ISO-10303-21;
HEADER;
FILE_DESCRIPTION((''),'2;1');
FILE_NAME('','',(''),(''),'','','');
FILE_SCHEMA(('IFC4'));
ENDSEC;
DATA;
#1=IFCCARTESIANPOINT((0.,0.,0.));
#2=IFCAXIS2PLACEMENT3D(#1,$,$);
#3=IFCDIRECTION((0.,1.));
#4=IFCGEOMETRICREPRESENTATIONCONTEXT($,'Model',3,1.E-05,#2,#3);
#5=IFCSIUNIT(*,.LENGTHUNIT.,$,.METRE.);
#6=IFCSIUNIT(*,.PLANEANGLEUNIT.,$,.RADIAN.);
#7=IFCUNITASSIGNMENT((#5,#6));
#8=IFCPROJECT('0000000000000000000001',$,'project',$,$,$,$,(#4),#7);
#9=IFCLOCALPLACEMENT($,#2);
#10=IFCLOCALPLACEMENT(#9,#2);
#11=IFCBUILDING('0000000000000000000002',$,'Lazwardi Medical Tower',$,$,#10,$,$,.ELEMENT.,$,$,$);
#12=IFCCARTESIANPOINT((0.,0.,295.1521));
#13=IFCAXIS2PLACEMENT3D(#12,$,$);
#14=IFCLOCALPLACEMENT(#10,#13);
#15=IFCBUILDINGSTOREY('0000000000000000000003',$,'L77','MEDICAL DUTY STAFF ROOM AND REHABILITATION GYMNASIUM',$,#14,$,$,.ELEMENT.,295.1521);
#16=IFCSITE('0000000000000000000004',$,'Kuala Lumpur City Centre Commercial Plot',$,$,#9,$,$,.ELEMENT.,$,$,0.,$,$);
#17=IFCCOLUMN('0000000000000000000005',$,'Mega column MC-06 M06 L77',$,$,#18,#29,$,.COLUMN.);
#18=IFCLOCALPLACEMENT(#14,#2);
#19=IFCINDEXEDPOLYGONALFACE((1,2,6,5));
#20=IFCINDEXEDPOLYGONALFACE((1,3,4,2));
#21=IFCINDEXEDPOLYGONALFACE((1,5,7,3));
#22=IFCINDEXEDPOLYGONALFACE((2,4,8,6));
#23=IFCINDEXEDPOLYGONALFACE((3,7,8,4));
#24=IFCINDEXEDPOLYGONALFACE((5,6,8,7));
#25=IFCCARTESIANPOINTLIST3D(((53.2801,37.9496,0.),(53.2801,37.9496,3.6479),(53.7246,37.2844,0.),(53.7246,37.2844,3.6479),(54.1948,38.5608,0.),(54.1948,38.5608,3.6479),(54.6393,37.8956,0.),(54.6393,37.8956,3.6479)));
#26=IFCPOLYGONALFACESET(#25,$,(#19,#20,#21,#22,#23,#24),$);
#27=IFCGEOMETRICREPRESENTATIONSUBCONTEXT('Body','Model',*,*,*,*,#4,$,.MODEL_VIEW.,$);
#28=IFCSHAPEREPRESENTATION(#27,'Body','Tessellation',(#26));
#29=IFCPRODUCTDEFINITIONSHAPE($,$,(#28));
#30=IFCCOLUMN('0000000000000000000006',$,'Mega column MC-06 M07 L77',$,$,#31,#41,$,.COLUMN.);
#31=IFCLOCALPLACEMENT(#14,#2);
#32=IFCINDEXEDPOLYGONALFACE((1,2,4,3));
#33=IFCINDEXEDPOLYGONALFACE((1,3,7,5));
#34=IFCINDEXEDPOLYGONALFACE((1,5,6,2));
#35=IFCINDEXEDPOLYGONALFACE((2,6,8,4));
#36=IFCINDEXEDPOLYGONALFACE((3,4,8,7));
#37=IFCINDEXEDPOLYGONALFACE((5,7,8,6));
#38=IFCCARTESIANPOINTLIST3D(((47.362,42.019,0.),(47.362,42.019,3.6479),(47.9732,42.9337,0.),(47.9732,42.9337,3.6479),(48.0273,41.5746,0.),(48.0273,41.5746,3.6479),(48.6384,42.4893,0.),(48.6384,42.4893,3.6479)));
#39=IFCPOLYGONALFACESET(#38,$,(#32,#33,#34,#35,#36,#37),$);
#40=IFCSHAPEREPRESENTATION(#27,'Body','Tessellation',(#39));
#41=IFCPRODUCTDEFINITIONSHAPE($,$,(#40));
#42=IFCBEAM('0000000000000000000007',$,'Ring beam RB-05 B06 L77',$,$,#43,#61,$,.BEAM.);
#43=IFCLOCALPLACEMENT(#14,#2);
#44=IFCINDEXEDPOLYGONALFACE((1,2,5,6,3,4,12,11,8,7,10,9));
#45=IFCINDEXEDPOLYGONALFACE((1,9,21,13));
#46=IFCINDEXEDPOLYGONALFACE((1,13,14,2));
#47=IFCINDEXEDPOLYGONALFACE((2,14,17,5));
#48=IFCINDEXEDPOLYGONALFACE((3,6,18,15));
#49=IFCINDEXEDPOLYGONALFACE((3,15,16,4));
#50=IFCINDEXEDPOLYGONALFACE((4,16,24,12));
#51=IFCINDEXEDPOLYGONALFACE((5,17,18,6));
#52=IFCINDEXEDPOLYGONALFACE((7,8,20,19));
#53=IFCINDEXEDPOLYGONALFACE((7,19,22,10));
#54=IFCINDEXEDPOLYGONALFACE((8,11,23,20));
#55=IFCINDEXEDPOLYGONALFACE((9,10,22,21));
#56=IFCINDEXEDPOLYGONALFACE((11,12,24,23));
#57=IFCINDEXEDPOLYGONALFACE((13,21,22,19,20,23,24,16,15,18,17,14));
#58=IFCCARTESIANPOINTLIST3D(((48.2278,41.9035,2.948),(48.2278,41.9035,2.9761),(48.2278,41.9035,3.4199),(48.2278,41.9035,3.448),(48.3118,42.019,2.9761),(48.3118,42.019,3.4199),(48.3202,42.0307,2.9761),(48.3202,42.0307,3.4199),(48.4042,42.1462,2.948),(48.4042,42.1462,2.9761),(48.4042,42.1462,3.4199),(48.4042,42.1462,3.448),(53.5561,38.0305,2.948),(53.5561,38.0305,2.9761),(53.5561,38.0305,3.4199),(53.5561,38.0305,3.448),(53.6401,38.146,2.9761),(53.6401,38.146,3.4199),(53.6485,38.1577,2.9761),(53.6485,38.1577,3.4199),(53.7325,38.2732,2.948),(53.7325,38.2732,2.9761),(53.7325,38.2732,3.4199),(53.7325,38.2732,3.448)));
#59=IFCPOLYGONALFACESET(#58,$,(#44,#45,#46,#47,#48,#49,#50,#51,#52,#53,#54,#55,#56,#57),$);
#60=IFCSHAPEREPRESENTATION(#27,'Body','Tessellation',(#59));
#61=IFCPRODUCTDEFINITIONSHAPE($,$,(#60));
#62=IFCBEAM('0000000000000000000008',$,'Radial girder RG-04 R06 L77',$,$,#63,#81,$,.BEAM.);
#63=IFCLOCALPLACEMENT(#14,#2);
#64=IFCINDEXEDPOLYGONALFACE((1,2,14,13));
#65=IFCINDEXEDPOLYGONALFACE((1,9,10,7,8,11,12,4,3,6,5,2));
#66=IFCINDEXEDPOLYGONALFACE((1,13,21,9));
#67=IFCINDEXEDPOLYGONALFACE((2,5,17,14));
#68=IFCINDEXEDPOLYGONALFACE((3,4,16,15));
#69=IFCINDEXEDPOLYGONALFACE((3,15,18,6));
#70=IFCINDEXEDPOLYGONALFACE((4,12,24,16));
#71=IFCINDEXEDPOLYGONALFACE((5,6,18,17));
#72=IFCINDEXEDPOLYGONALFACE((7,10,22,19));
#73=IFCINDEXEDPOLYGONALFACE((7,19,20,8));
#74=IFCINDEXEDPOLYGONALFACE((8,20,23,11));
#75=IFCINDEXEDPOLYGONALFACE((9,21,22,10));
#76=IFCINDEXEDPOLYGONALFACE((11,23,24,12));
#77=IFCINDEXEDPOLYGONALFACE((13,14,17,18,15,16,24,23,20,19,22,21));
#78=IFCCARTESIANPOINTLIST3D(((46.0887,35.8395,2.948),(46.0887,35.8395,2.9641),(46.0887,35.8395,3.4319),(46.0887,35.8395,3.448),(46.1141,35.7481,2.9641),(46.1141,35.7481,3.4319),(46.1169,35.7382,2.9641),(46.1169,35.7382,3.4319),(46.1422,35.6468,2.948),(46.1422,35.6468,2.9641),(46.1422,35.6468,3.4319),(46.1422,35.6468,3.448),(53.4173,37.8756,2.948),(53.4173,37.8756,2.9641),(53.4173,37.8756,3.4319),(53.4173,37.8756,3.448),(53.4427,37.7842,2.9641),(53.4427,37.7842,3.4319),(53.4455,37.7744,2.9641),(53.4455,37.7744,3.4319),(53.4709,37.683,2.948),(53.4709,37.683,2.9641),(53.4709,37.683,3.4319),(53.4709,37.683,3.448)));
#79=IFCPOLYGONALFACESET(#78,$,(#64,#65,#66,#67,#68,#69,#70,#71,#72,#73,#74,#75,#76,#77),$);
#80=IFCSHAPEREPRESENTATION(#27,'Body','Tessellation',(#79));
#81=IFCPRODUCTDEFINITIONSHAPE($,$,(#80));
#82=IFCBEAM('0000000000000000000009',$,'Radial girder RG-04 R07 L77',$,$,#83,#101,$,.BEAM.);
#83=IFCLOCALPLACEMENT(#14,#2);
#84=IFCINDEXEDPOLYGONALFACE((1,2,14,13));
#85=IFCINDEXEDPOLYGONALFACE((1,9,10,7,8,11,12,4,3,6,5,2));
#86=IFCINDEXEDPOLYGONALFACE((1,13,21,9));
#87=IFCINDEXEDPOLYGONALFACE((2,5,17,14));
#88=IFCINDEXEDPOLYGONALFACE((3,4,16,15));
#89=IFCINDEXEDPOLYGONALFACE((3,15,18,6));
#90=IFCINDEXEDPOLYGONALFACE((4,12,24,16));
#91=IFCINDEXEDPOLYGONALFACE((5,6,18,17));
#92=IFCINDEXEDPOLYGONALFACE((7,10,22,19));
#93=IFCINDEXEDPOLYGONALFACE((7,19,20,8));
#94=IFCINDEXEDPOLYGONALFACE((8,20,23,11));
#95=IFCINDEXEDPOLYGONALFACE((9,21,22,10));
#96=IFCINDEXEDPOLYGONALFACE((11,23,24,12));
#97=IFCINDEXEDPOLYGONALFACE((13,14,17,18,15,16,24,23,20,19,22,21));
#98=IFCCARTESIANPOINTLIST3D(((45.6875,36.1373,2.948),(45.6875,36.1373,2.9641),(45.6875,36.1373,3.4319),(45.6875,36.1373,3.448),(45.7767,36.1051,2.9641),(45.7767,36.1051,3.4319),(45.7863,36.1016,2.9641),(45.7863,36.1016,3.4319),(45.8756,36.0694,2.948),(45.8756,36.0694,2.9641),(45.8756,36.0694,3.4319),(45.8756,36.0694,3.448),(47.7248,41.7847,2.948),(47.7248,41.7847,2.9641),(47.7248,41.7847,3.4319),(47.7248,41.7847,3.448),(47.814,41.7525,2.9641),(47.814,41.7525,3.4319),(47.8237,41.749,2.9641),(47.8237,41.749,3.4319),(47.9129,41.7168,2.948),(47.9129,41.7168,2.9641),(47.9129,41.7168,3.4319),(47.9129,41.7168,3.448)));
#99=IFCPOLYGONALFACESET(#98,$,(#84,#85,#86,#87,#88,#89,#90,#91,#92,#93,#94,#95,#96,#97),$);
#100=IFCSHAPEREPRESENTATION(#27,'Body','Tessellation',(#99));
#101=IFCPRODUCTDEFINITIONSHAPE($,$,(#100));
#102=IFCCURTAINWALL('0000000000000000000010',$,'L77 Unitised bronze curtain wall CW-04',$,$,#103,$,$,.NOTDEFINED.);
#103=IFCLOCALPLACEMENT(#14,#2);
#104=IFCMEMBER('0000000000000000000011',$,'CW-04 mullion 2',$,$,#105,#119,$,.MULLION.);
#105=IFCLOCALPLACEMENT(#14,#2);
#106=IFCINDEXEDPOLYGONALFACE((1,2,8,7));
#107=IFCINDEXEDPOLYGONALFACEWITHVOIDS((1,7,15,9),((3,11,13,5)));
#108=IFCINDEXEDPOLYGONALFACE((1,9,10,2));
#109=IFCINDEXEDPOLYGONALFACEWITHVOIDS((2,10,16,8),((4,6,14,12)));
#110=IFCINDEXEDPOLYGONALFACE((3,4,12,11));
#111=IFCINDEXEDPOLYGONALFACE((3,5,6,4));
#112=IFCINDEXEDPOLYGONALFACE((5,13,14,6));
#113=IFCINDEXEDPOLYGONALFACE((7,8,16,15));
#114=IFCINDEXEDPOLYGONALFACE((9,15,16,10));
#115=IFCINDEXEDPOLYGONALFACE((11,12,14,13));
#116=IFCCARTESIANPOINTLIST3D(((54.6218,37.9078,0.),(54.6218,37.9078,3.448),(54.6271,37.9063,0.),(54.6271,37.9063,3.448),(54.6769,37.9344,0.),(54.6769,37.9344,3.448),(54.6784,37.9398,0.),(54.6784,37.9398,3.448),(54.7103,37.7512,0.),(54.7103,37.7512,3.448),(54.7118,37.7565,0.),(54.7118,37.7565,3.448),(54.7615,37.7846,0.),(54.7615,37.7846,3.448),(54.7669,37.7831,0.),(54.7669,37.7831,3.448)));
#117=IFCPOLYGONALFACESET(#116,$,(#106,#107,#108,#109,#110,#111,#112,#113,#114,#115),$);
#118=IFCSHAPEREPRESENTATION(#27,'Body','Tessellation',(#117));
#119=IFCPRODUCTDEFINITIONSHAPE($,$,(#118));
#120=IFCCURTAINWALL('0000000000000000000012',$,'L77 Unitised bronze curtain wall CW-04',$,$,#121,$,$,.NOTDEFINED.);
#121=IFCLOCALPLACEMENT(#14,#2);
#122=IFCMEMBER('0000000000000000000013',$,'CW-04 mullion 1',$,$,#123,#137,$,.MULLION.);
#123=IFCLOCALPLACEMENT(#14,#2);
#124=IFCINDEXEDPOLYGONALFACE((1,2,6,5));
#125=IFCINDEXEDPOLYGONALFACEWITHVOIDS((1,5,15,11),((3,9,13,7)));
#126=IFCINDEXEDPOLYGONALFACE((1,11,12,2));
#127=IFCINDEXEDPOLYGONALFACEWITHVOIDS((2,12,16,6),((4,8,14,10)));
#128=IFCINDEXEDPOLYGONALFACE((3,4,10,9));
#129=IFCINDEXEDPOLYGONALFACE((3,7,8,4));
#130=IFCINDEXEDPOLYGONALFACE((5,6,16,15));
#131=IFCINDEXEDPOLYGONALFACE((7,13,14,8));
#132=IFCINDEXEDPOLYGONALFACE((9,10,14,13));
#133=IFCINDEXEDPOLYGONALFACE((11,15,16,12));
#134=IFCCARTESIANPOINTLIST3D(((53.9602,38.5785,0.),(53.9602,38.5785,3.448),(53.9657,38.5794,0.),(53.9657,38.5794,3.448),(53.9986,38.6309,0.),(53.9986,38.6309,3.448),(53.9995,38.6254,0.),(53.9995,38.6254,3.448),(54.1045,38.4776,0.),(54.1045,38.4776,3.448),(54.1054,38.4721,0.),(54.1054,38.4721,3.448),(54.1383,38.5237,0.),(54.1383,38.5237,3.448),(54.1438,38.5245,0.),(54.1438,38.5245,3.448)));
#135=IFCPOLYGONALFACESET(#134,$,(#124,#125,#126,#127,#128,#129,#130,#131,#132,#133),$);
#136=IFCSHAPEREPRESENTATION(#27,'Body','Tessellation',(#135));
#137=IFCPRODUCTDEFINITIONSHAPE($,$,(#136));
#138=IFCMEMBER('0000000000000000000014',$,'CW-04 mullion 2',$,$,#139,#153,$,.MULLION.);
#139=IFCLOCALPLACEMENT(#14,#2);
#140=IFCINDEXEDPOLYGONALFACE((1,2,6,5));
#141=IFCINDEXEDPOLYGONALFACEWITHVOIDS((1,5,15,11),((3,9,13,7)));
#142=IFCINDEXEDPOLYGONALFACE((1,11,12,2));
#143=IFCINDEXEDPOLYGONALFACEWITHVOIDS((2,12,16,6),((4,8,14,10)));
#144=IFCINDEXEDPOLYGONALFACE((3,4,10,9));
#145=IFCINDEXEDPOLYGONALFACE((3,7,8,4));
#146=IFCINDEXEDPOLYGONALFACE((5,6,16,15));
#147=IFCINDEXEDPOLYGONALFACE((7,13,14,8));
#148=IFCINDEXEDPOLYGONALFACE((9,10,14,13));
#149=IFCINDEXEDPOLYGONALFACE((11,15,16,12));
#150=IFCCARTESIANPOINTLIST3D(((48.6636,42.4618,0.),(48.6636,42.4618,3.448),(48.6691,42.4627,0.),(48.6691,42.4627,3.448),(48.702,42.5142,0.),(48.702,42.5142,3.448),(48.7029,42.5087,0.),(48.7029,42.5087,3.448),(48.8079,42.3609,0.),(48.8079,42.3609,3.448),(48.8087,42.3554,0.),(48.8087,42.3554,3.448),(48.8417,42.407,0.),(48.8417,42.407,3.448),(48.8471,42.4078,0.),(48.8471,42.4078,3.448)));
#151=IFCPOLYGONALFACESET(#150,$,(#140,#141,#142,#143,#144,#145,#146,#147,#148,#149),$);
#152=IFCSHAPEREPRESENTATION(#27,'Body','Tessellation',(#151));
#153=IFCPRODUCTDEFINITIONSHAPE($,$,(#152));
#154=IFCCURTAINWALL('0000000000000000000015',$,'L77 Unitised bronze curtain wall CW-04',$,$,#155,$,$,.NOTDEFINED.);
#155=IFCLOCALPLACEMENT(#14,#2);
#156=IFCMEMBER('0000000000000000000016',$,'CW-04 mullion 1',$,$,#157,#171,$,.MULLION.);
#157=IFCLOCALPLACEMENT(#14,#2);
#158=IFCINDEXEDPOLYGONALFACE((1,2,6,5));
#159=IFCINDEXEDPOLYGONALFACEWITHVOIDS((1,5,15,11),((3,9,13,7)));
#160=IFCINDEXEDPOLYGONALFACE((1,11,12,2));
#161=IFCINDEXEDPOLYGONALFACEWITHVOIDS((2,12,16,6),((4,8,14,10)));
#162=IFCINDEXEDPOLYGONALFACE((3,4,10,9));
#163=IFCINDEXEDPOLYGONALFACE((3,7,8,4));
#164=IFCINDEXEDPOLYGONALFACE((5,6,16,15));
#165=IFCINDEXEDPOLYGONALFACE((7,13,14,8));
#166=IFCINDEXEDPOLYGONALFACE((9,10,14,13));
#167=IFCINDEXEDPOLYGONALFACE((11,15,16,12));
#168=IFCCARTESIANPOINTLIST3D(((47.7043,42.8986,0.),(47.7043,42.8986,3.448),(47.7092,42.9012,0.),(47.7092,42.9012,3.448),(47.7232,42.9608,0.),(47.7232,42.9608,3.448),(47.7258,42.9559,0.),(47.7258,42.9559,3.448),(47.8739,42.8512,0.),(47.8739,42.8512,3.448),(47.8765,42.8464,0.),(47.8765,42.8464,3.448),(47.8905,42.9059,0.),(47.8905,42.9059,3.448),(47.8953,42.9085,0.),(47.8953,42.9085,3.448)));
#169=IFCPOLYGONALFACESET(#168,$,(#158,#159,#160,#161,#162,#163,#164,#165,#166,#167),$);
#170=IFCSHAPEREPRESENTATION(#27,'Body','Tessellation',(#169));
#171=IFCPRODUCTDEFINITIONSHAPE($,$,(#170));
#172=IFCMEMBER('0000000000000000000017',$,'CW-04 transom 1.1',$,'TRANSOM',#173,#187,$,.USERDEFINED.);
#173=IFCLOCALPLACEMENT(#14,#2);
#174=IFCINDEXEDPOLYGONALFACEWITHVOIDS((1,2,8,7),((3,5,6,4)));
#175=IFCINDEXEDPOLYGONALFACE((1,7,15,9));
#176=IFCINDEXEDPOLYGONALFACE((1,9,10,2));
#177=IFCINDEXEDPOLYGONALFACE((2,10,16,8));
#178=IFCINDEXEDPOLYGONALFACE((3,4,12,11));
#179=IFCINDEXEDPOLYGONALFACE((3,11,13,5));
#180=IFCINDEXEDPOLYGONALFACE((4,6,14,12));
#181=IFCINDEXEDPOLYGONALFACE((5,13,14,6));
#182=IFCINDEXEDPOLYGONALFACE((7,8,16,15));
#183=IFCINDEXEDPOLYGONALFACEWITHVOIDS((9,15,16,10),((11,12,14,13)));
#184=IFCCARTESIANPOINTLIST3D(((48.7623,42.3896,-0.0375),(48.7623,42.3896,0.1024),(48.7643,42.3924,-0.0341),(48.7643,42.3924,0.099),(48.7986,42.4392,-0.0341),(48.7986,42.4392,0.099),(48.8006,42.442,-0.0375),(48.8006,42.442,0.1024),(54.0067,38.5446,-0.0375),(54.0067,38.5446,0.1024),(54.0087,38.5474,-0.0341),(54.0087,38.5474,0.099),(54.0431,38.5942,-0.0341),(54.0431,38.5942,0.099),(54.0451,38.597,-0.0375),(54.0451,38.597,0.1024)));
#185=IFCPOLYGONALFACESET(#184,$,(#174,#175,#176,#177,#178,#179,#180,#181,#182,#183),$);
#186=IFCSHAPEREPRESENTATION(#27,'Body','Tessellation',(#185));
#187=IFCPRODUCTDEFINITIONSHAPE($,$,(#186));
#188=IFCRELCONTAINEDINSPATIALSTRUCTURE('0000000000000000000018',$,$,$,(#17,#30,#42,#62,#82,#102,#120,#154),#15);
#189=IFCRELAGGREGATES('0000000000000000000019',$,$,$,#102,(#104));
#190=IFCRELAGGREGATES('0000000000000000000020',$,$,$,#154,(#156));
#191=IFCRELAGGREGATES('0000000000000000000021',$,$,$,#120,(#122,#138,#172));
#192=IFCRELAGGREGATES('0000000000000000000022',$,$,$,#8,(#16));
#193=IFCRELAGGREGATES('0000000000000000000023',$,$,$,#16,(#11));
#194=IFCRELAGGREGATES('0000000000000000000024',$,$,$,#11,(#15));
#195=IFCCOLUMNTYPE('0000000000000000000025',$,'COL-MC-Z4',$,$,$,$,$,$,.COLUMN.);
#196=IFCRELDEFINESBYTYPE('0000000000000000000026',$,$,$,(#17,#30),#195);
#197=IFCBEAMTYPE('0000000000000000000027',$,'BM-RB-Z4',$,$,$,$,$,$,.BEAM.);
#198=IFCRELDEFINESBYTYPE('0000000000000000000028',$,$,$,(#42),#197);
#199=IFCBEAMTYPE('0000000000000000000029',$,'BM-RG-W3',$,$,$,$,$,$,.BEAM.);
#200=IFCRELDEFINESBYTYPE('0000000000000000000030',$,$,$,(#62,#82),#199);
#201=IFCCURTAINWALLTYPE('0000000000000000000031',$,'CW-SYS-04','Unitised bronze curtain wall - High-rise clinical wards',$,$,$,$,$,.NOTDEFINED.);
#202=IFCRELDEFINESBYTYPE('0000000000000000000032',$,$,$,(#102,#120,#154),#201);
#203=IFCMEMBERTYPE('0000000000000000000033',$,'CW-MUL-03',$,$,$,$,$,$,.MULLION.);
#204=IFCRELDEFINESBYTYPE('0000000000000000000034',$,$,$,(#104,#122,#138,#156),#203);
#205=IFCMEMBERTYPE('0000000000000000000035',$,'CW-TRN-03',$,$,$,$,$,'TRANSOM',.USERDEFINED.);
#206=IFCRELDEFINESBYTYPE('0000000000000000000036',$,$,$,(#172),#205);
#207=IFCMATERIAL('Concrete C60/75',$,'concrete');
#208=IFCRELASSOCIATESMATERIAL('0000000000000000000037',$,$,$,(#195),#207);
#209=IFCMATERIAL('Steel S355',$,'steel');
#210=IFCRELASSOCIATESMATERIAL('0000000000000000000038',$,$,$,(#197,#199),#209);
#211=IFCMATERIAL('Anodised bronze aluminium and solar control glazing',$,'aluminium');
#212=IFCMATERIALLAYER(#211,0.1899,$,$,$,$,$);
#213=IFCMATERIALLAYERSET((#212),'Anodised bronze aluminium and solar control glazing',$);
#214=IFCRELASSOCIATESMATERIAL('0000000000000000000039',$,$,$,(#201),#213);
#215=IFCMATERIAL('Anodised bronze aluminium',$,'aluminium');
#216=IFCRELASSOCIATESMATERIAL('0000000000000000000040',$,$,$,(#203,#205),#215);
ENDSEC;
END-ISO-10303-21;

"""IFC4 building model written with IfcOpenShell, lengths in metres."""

from ifc_helpers import new_model, si_unit, direction, frame, origin, origin_2d, place, context, subcontext, project, spatial, rectangle, hollow_rectangle, i_section, extrude, material, layer, layer_set, material_profile, profile_set, type_object, element, aggregate, save


model = new_model("IFC4")

# Units and contexts
model_context = context("Model", 3, precision=1e-05, world=origin(), true_north=direction((0.0, 1.0)))
body_context = subcontext(model_context, "Body", "Model", "MODEL_VIEW")
ifc_project = project(units=[si_unit("LENGTHUNIT", "METRE"), si_unit("PLANEANGLEUNIT", "RADIAN")], contexts=[model_context])

# Site, building, storey
site_placement = place(None, origin())
site = spatial("IfcSite", under=ifc_project, at=site_placement, Name="Kuala Lumpur City Centre Commercial Plot", CompositionType="ELEMENT", RefElevation=0.0)
building_placement = place(site_placement, origin())
building = spatial("IfcBuilding", under=site, at=building_placement, Name="Lazwardi Medical Tower", CompositionType="ELEMENT")
storey_placement = place(building_placement, frame((0.0, 0.0, 295.1521)))
storey = spatial("IfcBuildingStorey", under=building, at=storey_placement, Name="L77", Description="MEDICAL DUTY STAFF ROOM AND REHABILITATION GYMNASIUM", CompositionType="ELEMENT", Elevation=295.1521)

# Columns
ifc_material_1 = material(Name="Concrete C60/75", Category="concrete")
ifc_material_profile_1 = material_profile(ifc_material_1, rectangle(XDim=1.1001, YDim=0.8, at=origin_2d()), Name="CFT-RECT 1100x800")
ifc_profile_set_1 = profile_set([ifc_material_profile_1], Name="Concrete C60/75")
column_type = type_object("IfcColumnType", Name="COL-MC-Z4", PredefinedType="COLUMN", material=ifc_profile_set_1)
for number, where, z_axis, x_axis, name in (
    (1, (53.9597, 37.9226, 0.0), (0.0, 0.0, 1.0), (0.83147, 0.55557, 0.0), "Mega column MC-06 M06 L77"),
    (2, (48.0002, 42.2542, 0.0), (0.0, 0.0, 1.0), (0.55557, 0.83147, 0.0), "Mega column MC-06 M07 L77"),
):
    element("IfcColumn", number, at=place(storey_placement, frame(where, z_axis=z_axis, x_axis=x_axis)), inside=storey, type_object=column_type, Name=name, PredefinedType="COLUMN", context=body_context, shape_type="SweptSolid", body=[
        extrude(rectangle(XDim=1.1001, YDim=0.8, at=origin_2d()), origin(), (0.0, 0.0, 1.0), 3.6479),
    ])

# Beams
ifc_material_2 = material(Name="Steel S355", Category="steel")
ifc_material_profile_2 = material_profile(ifc_material_2, i_section(OverallWidth=0.3, OverallDepth=0.5, WebThickness=0.0144, FlangeThickness=0.0281, at=origin_2d()), Name="HEB 500")
ifc_profile_set_2 = profile_set([ifc_material_profile_2], Name="Steel S355")
beam_type_1 = type_object("IfcBeamType", Name="BM-RB-Z4", PredefinedType="BEAM", material=ifc_profile_set_2)
beam_1_placement = place(storey_placement, frame((53.6443, 38.1519, 3.198), z_axis=(-0.80889, 0.58796, 0.0), x_axis=(-0.58796, -0.80889, 0.0)))
element("IfcBeam", 3, at=beam_1_placement, inside=storey, type_object=beam_type_1, Name="Ring beam RB-05 B06 L77", PredefinedType="BEAM", context=body_context, shape_type="SweptSolid", body=[
    extrude(i_section(OverallWidth=0.3, OverallDepth=0.5, WebThickness=0.0144, FlangeThickness=0.0281, at=origin_2d()), origin(), (0.0, 0.0, 1.0), 6.5872),
])
ifc_material_profile_3 = material_profile(ifc_material_2, i_section(OverallWidth=0.2, OverallDepth=0.5, WebThickness=0.0103, FlangeThickness=0.0161, at=origin_2d()), Name="IPE 500")
ifc_profile_set_3 = profile_set([ifc_material_profile_3], Name="Steel S355")
beam_type_2 = type_object("IfcBeamType", Name="BM-RG-W3", PredefinedType="BEAM", material=ifc_profile_set_3)
beam_2_placement = place(storey_placement, frame((53.4441, 37.7793, 3.198), z_axis=(-0.963504, -0.267694, 0.0), x_axis=(0.267694, -0.963504, 0.0)))
element("IfcBeam", 4, at=beam_2_placement, inside=storey, type_object=beam_type_2, Name="Radial girder RG-04 R06 L77", PredefinedType="BEAM", context=body_context, shape_type="SweptSolid", body=[
    extrude(i_section(OverallWidth=0.2, OverallDepth=0.5, WebThickness=0.0103, FlangeThickness=0.0161, at=origin_2d()), origin(), (0.0, 0.0, 1.0), 7.6062),
])
beam_3_placement = place(storey_placement, frame((47.8188, 41.7507, 3.198), z_axis=(-0.339349, -0.940661, 0.0), x_axis=(0.940661, -0.339349, 0.0)))
element("IfcBeam", 5, at=beam_3_placement, inside=storey, type_object=beam_type_2, Name="Radial girder RG-04 R07 L77", PredefinedType="BEAM", context=body_context, shape_type="SweptSolid", body=[
    extrude(i_section(OverallWidth=0.2, OverallDepth=0.5, WebThickness=0.0103, FlangeThickness=0.0161, at=origin_2d()), origin(), (0.0, 0.0, 1.0), 6.0037),
])

# Curtain wall, member
ifc_material_3 = material(Name="Anodised bronze aluminium and solar control glazing", Category="aluminium")
ifc_layer_1 = layer(ifc_material_3, 0.1899)
ifc_layer_set_1 = layer_set([ifc_layer_1], Name="Anodised bronze aluminium and solar control glazing")
curtain_wall_type = type_object("IfcCurtainWallType", Name="CW-SYS-04", Description="Unitised bronze curtain wall - High-rise clinical wards", PredefinedType="NOTDEFINED", material=ifc_layer_set_1)
curtain_wall_1_placement = place(storey_placement, origin())
curtain_wall_1 = element("IfcCurtainWall", 6, at=curtain_wall_1_placement, inside=storey, type_object=curtain_wall_type, Name="L77 Unitised bronze curtain wall CW-04", PredefinedType="NOTDEFINED")
ifc_material_4 = material(Name="Anodised bronze aluminium", Category="aluminium")
ifc_material_profile_4 = material_profile(ifc_material_4, hollow_rectangle(XDim=0.0649, YDim=0.1799, WallThickness=0.0039, at=origin_2d()), Name="ALU-MULLION 180x65x4")
ifc_profile_set_4 = profile_set([ifc_material_profile_4], Name="Anodised bronze aluminium")
member_type_1 = type_object("IfcMemberType", Name="CW-MUL-03", PredefinedType="MULLION", material=ifc_profile_set_4)
member_1_placement = place(storey_placement, frame((54.6943, 37.8455, 0.0), z_axis=(0.0, 0.0, 1.0), x_axis=(-0.870651, -0.4919, 0.0)))
member_1 = element("IfcMember", 7, at=member_1_placement, type_object=member_type_1, Name="CW-04 mullion 2", PredefinedType="MULLION", context=body_context, shape_type="SweptSolid", body=[
    extrude(hollow_rectangle(XDim=0.0649, YDim=0.1799, WallThickness=0.0039, at=origin_2d()), origin(), (0.0, 0.0, 1.0), 3.448),
])
aggregate(curtain_wall_1, [member_1])

# Curtain wall, members
curtain_wall_2_placement = place(storey_placement, origin())
curtain_wall_2 = element("IfcCurtainWall", 8, at=curtain_wall_2_placement, inside=storey, type_object=curtain_wall_type, Name="L77 Unitised bronze curtain wall CW-04", PredefinedType="NOTDEFINED")
member_2_placement = place(storey_placement, frame((54.052, 38.5515, 0.0), z_axis=(0.0, 0.0, 1.0), x_axis=(-0.591268, -0.806475, 0.0)))
member_2 = element("IfcMember", 9, at=member_2_placement, type_object=member_type_1, Name="CW-04 mullion 1", PredefinedType="MULLION", context=body_context, shape_type="SweptSolid", body=[
    extrude(hollow_rectangle(XDim=0.0649, YDim=0.1799, WallThickness=0.0039, at=origin_2d()), origin(), (0.0, 0.0, 1.0), 3.448),
])
member_3_placement = place(storey_placement, frame((48.7554, 42.4348, 0.0), z_axis=(0.0, 0.0, 1.0), x_axis=(-0.591268, -0.806475, 0.0)))
member_3 = element("IfcMember", 10, at=member_3_placement, type_object=member_type_1, Name="CW-04 mullion 2", PredefinedType="MULLION", context=body_context, shape_type="SweptSolid", body=[
    extrude(hollow_rectangle(XDim=0.0649, YDim=0.1799, WallThickness=0.0039, at=origin_2d()), origin(), (0.0, 0.0, 1.0), 3.448),
])

# Curtain wall, member
curtain_wall_3_placement = place(storey_placement, origin())
curtain_wall_3 = element("IfcCurtainWall", 11, at=curtain_wall_3_placement, inside=storey, type_object=curtain_wall_type, Name="L77 Unitised bronze curtain wall CW-04", PredefinedType="NOTDEFINED")
member_4_placement = place(storey_placement, frame((47.7998, 42.9036, 0.0), z_axis=(0.0, 0.0, 1.0), x_axis=(-0.290582, -0.95685, 0.0)))
member_4 = element("IfcMember", 12, at=member_4_placement, type_object=member_type_1, Name="CW-04 mullion 1", PredefinedType="MULLION", context=body_context, shape_type="SweptSolid", body=[
    extrude(hollow_rectangle(XDim=0.0649, YDim=0.1799, WallThickness=0.0039, at=origin_2d()), origin(), (0.0, 0.0, 1.0), 3.448),
])
aggregate(curtain_wall_3, [member_4])

# Member
ifc_material_profile_5 = material_profile(ifc_material_4, hollow_rectangle(XDim=0.0649, YDim=0.1399, WallThickness=0.0034, at=origin_2d()), Name="ALU-TRANSOM 140x65x3.5")
ifc_profile_set_5 = profile_set([ifc_material_profile_5], Name="Anodised bronze aluminium")
member_type_2 = type_object("IfcMemberType", Name="CW-TRN-03", ElementType="TRANSOM", PredefinedType="USERDEFINED", material=ifc_profile_set_5)
member_5_placement = place(storey_placement, frame((54.0259, 38.5708, 0.0325), z_axis=(-0.806472, 0.591273, 0.0), x_axis=(-0.591273, -0.806472, 0.0)))
member_5 = element("IfcMember", 13, at=member_5_placement, type_object=member_type_2, Name="CW-04 transom 1.1", ObjectType="TRANSOM", PredefinedType="USERDEFINED", context=body_context, shape_type="SweptSolid", body=[
    extrude(hollow_rectangle(XDim=0.0649, YDim=0.1399, WallThickness=0.0034, at=origin_2d()), origin(), (0.0, 0.0, 1.0), 6.5029),
])

aggregate(curtain_wall_2, [member_2, member_3, member_5])

save(model, "model.ifc")
